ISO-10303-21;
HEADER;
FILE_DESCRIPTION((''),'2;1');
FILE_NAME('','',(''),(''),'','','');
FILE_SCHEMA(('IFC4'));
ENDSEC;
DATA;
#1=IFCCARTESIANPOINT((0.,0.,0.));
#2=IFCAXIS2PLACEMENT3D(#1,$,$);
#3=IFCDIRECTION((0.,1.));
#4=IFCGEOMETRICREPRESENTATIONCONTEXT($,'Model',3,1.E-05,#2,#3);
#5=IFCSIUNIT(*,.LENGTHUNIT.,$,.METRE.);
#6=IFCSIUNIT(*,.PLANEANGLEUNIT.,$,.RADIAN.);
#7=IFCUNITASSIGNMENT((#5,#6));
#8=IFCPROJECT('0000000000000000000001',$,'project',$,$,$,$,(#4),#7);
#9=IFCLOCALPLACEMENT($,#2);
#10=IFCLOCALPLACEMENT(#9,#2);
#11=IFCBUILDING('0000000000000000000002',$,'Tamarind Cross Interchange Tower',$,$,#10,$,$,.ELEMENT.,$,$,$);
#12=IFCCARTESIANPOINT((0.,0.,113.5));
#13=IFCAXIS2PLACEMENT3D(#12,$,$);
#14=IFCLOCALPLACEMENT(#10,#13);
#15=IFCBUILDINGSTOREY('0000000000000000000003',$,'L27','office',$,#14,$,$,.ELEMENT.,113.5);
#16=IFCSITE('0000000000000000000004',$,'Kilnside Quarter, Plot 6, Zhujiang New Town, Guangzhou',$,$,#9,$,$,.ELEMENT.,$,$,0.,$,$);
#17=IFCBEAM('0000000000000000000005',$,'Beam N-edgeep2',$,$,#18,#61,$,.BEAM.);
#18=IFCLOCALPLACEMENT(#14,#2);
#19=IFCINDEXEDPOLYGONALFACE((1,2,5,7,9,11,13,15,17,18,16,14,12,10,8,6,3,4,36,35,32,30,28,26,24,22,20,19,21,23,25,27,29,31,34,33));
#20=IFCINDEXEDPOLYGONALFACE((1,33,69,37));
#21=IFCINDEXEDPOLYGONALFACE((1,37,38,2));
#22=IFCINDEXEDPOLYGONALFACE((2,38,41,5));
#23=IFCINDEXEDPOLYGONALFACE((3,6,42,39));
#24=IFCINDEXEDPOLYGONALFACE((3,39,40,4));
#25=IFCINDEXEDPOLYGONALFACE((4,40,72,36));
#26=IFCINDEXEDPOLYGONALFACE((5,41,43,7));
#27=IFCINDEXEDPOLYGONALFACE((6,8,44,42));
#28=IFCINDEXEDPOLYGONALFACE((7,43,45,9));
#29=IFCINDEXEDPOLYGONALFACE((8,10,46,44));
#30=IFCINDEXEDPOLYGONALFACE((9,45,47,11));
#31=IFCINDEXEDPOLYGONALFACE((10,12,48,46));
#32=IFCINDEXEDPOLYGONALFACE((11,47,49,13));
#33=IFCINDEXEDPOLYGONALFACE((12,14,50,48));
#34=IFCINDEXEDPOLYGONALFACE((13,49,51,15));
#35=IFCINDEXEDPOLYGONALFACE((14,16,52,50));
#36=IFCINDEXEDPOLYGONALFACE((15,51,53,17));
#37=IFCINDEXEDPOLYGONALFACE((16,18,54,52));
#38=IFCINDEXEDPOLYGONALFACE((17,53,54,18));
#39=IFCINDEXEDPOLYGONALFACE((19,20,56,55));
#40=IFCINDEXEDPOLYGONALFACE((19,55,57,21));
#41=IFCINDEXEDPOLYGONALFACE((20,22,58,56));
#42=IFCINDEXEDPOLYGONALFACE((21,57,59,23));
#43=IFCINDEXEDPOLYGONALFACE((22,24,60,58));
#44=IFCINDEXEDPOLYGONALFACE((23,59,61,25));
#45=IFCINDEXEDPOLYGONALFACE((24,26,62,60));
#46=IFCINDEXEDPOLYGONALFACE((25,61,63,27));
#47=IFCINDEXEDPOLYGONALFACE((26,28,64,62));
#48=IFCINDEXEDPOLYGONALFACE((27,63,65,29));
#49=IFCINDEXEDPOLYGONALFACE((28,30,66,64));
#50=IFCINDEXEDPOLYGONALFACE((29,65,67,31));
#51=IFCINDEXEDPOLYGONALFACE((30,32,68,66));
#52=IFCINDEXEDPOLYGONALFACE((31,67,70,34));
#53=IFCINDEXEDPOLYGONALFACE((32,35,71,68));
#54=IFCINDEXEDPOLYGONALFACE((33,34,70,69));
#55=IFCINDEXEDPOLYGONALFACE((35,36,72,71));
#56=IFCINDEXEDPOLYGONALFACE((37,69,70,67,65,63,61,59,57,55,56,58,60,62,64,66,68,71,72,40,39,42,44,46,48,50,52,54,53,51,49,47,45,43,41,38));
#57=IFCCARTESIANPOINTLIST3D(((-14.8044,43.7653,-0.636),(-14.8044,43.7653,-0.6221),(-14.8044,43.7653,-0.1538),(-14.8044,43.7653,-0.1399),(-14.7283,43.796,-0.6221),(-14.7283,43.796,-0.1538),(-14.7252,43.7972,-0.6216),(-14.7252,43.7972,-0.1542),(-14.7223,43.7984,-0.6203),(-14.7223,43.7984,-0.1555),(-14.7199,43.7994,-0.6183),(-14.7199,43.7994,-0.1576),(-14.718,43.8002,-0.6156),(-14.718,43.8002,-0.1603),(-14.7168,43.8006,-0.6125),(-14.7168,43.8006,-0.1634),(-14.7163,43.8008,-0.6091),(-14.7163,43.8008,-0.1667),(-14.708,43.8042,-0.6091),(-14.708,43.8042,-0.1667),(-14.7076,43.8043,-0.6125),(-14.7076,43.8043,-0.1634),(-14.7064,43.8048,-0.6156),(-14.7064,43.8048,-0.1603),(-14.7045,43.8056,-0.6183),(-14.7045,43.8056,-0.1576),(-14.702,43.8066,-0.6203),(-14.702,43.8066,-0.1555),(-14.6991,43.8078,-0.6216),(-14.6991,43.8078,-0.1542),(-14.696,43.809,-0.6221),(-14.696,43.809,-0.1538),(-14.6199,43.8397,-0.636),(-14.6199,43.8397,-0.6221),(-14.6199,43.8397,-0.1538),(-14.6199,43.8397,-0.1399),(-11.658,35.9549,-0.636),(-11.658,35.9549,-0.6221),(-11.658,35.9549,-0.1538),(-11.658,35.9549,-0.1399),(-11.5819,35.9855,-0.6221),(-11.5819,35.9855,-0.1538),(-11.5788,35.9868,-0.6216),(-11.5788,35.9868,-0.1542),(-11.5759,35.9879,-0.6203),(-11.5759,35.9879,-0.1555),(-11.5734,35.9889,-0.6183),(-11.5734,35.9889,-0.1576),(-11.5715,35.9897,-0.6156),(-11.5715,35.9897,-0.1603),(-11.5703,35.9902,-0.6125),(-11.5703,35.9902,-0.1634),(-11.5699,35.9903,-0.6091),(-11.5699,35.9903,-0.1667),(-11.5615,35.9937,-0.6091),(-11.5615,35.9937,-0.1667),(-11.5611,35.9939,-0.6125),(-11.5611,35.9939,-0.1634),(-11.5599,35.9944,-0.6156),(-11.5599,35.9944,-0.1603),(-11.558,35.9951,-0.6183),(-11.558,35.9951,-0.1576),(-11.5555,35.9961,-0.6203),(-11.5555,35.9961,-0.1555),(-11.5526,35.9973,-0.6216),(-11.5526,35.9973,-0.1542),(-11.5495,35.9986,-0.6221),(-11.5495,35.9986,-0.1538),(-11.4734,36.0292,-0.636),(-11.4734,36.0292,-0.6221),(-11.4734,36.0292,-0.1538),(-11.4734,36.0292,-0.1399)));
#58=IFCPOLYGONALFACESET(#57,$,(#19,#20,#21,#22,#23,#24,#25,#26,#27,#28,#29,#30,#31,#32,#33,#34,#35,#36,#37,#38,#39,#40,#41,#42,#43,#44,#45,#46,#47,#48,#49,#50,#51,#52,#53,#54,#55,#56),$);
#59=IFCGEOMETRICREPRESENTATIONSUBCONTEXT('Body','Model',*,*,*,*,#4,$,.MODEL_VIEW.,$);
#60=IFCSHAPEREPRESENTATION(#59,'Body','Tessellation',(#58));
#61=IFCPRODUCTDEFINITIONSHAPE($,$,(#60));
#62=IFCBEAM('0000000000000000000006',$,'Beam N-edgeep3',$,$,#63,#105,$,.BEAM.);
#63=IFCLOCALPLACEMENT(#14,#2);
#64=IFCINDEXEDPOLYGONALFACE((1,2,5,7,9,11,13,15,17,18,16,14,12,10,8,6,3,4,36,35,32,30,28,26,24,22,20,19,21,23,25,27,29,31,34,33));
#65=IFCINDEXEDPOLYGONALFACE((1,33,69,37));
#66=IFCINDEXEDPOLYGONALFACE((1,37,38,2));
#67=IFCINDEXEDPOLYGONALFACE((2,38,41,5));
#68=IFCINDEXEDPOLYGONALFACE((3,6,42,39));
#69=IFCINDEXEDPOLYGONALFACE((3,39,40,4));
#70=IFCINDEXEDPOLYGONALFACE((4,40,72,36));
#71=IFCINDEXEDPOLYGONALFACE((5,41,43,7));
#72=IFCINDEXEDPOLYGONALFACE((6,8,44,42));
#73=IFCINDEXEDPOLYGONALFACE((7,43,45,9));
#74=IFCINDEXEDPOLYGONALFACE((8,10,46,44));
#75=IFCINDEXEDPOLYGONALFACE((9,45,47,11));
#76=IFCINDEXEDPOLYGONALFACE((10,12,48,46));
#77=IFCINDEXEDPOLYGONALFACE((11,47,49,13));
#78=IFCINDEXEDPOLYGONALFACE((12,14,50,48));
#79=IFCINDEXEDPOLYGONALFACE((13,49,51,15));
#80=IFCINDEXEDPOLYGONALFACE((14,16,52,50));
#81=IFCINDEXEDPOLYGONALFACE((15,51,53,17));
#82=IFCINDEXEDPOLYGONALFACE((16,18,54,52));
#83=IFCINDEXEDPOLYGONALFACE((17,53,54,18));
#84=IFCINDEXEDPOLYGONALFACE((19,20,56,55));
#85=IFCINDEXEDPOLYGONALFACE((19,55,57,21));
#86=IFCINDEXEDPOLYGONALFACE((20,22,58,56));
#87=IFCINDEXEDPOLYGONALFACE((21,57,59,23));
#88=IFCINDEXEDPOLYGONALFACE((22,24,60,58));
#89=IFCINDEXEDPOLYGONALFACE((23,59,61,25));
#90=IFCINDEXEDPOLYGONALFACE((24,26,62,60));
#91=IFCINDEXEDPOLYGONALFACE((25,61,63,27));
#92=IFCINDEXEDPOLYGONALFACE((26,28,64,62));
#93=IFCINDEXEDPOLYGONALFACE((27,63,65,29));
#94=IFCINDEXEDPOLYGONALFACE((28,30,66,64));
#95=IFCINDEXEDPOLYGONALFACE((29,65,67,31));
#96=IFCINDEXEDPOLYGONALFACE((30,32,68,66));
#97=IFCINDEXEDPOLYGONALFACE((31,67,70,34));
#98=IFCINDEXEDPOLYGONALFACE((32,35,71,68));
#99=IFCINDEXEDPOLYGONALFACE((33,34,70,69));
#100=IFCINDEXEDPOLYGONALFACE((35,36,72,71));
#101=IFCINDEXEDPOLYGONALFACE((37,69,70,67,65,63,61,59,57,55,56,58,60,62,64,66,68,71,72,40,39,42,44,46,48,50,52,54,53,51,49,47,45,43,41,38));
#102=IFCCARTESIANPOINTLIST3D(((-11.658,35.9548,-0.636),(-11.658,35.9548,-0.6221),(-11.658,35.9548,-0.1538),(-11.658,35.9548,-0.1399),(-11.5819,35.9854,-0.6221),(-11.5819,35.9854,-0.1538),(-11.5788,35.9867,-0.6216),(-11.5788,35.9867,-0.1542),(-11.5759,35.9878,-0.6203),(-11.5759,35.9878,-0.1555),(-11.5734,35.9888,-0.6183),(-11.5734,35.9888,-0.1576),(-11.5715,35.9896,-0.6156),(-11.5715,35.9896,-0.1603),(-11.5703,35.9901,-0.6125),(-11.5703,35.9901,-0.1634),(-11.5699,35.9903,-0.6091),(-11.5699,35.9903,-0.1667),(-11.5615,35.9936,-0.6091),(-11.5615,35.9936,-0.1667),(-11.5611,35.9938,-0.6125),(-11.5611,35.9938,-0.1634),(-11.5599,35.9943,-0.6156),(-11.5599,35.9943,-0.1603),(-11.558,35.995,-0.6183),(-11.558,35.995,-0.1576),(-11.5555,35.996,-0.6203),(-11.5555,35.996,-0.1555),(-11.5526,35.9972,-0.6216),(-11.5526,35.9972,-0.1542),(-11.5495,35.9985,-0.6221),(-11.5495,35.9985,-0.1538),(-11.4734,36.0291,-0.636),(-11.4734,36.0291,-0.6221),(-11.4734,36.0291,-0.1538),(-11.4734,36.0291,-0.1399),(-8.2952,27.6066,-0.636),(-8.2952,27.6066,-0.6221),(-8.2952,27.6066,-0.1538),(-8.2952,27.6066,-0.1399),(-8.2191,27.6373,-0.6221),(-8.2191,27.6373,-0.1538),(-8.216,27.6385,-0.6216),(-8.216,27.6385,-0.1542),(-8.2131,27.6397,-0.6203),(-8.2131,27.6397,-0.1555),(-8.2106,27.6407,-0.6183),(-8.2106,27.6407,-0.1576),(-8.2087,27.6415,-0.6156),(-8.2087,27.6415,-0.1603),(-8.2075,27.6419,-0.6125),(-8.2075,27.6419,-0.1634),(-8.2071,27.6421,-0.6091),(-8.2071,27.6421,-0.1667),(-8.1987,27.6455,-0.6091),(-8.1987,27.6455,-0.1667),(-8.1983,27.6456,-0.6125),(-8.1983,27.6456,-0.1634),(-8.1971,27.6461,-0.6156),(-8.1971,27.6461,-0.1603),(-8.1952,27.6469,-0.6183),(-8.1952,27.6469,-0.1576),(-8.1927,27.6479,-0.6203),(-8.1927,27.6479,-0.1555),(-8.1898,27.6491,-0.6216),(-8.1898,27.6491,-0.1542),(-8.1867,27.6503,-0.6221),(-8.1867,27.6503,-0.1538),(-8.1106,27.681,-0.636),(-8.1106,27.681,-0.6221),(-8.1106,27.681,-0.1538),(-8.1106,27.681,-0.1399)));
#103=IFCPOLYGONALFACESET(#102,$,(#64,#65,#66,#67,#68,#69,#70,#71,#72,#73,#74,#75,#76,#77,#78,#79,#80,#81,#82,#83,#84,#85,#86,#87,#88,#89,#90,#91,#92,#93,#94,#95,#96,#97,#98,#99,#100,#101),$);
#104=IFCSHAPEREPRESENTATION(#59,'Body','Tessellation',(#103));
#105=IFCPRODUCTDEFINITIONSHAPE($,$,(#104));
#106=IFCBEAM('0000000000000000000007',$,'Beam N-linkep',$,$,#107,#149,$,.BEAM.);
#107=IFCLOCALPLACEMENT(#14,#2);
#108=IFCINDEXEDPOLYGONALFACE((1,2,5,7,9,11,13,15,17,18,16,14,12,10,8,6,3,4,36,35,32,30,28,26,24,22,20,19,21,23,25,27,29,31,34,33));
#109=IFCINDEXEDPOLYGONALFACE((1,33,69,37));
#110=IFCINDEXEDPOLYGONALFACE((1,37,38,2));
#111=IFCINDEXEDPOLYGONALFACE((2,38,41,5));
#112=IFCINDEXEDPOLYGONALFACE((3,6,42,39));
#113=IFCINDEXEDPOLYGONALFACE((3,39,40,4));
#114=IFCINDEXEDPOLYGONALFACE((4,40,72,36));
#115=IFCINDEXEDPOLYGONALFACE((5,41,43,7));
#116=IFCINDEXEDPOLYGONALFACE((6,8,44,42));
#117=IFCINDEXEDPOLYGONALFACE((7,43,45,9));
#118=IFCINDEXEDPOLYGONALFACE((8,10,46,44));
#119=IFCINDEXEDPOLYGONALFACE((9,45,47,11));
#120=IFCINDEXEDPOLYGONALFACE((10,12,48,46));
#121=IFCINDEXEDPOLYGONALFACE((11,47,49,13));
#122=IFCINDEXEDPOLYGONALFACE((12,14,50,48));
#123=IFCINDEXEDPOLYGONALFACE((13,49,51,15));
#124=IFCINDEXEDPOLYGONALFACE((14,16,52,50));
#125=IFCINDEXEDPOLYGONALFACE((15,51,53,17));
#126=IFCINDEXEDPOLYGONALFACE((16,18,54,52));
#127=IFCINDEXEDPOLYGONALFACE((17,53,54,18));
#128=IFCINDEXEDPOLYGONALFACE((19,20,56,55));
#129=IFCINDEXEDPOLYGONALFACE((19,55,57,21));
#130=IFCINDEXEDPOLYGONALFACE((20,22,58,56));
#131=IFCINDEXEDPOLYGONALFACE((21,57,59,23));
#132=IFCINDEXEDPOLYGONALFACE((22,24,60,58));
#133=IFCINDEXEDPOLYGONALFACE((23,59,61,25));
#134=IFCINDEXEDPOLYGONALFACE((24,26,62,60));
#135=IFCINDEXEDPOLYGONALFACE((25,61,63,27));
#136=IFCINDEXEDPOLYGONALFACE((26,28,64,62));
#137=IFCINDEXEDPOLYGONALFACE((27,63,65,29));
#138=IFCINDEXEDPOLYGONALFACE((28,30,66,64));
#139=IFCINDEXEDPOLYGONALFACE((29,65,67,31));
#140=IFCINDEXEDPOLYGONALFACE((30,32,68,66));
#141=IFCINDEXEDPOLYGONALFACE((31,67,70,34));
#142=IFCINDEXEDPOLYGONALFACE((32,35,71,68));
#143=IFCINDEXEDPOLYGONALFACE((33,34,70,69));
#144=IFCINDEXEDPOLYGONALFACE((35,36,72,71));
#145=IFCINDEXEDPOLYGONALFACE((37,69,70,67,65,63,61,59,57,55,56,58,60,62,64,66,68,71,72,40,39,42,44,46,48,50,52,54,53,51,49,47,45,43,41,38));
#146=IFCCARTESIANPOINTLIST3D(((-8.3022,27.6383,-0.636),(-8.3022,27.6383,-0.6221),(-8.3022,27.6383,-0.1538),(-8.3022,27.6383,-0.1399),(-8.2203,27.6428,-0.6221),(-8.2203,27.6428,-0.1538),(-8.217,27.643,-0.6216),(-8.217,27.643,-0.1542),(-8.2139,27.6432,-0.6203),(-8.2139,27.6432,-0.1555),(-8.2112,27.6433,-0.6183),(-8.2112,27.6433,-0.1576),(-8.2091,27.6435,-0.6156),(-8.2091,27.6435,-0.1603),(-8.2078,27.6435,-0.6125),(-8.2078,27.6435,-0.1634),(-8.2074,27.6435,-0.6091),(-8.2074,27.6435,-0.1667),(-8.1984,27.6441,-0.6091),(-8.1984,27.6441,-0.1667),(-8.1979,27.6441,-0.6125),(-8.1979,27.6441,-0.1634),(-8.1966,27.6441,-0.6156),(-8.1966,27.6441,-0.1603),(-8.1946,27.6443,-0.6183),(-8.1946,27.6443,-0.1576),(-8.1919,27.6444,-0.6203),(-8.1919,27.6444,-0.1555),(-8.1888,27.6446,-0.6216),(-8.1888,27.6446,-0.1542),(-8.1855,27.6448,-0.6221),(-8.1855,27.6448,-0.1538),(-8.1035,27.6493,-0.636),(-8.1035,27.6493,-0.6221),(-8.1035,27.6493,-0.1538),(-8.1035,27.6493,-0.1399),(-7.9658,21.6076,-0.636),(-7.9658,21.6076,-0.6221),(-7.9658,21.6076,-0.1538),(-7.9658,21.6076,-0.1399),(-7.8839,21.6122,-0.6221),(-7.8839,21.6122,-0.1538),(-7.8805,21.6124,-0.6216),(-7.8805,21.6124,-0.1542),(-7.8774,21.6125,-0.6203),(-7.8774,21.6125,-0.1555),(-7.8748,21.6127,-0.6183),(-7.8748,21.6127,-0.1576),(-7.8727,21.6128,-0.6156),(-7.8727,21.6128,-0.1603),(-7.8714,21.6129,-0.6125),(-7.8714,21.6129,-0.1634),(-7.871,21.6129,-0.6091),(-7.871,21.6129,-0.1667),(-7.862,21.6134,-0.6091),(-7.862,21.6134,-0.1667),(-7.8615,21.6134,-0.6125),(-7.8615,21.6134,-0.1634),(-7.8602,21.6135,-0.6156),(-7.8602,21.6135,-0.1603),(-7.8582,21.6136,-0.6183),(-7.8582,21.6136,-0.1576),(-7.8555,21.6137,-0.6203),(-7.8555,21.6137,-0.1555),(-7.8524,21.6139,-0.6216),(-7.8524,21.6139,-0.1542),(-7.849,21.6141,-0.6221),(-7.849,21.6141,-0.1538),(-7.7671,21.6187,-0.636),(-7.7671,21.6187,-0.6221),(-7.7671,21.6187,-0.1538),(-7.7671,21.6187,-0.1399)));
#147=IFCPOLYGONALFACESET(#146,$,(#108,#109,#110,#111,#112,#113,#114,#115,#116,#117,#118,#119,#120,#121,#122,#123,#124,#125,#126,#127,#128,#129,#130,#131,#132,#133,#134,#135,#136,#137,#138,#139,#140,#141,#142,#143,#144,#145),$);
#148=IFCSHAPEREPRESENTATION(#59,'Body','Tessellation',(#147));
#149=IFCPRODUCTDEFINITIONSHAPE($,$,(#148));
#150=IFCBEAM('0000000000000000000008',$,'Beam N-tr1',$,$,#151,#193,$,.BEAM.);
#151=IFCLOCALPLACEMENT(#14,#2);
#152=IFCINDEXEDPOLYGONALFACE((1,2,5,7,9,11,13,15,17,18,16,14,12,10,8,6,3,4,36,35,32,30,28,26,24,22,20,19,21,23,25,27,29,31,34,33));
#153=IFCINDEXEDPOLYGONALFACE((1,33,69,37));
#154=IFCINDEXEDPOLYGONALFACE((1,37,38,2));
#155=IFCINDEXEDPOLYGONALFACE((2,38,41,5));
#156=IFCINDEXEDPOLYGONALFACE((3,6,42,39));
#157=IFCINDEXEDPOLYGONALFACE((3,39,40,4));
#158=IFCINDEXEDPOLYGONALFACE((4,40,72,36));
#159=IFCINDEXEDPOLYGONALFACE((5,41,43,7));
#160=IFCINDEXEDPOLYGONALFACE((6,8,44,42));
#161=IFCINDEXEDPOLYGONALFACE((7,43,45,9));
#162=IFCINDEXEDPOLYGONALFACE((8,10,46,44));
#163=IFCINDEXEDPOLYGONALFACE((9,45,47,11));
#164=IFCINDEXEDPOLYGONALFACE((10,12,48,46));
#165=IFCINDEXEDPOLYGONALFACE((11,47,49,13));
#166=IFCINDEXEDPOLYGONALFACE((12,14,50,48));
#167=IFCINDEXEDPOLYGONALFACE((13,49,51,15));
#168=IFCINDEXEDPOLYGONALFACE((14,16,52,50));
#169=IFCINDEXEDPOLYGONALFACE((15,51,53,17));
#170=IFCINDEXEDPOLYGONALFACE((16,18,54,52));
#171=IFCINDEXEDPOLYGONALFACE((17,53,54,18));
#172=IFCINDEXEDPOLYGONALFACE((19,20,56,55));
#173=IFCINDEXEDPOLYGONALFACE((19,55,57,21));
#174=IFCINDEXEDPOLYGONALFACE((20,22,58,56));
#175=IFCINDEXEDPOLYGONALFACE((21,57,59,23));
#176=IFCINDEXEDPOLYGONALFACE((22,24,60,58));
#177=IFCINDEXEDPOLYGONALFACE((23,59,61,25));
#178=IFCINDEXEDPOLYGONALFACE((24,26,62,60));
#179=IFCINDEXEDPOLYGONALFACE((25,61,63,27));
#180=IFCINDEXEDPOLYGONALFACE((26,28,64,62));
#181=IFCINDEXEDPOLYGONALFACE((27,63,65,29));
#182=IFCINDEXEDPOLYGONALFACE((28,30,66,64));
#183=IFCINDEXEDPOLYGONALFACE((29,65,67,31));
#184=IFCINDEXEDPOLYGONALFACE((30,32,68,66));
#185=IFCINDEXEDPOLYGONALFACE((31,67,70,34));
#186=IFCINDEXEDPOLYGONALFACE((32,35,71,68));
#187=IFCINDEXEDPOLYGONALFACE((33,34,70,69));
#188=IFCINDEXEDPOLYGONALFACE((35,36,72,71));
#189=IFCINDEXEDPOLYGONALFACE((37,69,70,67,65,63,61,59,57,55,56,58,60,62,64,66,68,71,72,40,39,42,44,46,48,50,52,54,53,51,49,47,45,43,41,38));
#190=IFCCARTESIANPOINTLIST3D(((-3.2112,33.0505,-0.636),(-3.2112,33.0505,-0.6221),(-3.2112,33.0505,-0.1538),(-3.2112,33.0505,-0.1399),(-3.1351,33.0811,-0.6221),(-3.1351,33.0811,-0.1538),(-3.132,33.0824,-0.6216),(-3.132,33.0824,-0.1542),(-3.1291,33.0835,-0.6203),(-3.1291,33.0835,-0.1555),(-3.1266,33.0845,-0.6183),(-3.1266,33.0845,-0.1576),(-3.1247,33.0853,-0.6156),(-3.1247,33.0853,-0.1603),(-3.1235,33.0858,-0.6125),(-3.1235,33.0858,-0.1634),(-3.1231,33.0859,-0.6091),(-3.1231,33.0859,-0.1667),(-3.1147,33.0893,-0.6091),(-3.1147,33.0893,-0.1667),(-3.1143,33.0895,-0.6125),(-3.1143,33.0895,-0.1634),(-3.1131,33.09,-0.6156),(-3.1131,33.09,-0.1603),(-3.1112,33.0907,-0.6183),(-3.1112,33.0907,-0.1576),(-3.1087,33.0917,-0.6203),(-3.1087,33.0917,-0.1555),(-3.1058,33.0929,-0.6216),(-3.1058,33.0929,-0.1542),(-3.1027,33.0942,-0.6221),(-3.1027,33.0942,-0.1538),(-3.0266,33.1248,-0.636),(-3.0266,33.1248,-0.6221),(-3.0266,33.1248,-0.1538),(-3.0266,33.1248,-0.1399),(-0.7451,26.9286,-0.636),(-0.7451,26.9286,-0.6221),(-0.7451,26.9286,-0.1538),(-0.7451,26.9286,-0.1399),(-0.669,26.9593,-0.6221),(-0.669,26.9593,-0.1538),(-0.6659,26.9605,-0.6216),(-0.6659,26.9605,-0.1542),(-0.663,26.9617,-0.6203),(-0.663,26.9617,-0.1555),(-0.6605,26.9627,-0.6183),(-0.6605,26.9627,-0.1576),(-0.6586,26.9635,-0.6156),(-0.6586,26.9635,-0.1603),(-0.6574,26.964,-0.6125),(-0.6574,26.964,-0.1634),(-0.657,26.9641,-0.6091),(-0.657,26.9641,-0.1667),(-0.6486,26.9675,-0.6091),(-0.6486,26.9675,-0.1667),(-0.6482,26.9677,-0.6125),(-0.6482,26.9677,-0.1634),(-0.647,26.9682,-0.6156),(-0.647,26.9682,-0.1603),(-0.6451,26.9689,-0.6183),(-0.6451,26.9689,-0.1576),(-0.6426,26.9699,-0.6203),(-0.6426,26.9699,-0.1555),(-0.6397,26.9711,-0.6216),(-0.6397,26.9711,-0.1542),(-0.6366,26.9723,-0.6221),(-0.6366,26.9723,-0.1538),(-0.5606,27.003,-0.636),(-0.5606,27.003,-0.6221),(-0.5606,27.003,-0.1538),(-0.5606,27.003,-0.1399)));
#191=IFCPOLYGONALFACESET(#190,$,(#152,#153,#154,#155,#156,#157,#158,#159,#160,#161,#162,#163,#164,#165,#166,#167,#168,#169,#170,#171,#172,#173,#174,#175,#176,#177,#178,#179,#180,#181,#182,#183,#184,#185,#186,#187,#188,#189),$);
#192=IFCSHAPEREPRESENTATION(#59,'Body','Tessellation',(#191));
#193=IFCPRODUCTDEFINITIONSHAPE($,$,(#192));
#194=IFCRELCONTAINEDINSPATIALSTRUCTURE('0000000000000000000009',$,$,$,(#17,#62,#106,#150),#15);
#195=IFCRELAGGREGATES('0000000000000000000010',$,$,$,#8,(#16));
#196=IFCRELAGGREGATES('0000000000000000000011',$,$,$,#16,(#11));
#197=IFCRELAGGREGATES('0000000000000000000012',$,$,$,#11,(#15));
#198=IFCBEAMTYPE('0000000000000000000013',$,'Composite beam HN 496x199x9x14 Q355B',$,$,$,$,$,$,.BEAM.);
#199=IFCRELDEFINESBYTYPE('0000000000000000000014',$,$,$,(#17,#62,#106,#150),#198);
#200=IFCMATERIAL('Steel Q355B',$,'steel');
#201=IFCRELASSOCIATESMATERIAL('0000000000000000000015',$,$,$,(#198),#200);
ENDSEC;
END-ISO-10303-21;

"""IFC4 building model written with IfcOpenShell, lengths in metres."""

from ifc_helpers import new_model, si_unit, direction, frame, origin, origin_2d, place, context, subcontext, project, spatial, i_section, extrude, material, material_profile, profile_set, type_object, element, save


model = new_model("IFC4")

# Units and contexts
model_context = context("Model", 3, precision=1e-05, world=origin(), true_north=direction((0.0, 1.0)))
body_context = subcontext(model_context, "Body", "Model", "MODEL_VIEW")
ifc_project = project(units=[si_unit("LENGTHUNIT", "METRE"), si_unit("PLANEANGLEUNIT", "RADIAN")], contexts=[model_context])

# Site, building, storey
site_placement = place(None, origin())
site = spatial("IfcSite", under=ifc_project, at=site_placement, Name="Kilnside Quarter, Plot 6, Zhujiang New Town, Guangzhou", CompositionType="ELEMENT", RefElevation=0.0)
building_placement = place(site_placement, origin())
building = spatial("IfcBuilding", under=site, at=building_placement, Name="Tamarind Cross Interchange Tower", CompositionType="ELEMENT")
storey_placement = place(building_placement, frame((0.0, 0.0, 113.5)))
storey = spatial("IfcBuildingStorey", under=building, at=storey_placement, Name="L27", Description="office", CompositionType="ELEMENT", Elevation=113.5)

# Beams
ifc_material_1 = material(Name="Steel Q355B", Category="steel")
ifc_material_profile_1 = material_profile(ifc_material_1, i_section(OverallWidth=0.199, OverallDepth=0.4961, WebThickness=0.009, FlangeThickness=0.0139, FilletRadius=0.0129, at=origin_2d()), Name="HN 496x199x9x14")
ifc_profile_set_1 = profile_set([ifc_material_profile_1], Name="Steel Q355B")
beam_type_1 = type_object("IfcBeamType", Name="Composite beam HN 496x199x9x14 Q355B", PredefinedType="BEAM", material=ifc_profile_set_1)
beam_1_placement = place(storey_placement, frame((-14.7122, 43.8025, -0.3879), z_axis=(0.373669, -0.927562, 0.0), x_axis=(0.927562, 0.373669, 0.0)))
element("IfcBeam", 1, at=beam_1_placement, inside=storey, type_object=beam_type_1, Name="Beam N-edgeep2", PredefinedType="BEAM", context=body_context, shape_type="SweptSolid", body=[
    extrude(i_section(OverallWidth=0.199, OverallDepth=0.4961, WebThickness=0.009, FlangeThickness=0.0139, FilletRadius=0.0129, at=origin_2d()), origin(), (0.0, 0.0, 1.0), 8.4204),
])
beam_2_placement = place(storey_placement, frame((-11.5657, 35.9919, -0.3879), z_axis=(0.373644, -0.927572, 0.0), x_axis=(0.927572, 0.373644, 0.0)))
element("IfcBeam", 2, at=beam_2_placement, inside=storey, type_object=beam_type_1, Name="Beam N-edgeep3", PredefinedType="BEAM", context=body_context, shape_type="SweptSolid", body=[
    extrude(i_section(OverallWidth=0.199, OverallDepth=0.4961, WebThickness=0.009, FlangeThickness=0.0139, FilletRadius=0.0129, at=origin_2d()), origin(), (0.0, 0.0, 1.0), 9.0),
])
beam_3_placement = place(storey_placement, frame((-8.2029, 27.6438, -0.3879), z_axis=(0.055698, -0.998448, 0.0), x_axis=(0.998448, 0.055698, 0.0)))
element("IfcBeam", 3, at=beam_3_placement, inside=storey, type_object=beam_type_1, Name="Beam N-linkep", PredefinedType="BEAM", context=body_context, shape_type="SweptSolid", body=[
    extrude(i_section(OverallWidth=0.199, OverallDepth=0.4961, WebThickness=0.009, FlangeThickness=0.0139, FilletRadius=0.0129, at=origin_2d()), origin(), (0.0, 0.0, 1.0), 6.04),
])
beam_4_placement = place(storey_placement, frame((-0.6528, 26.9658, -0.3879), z_axis=(-0.373654, 0.927568, 0.0), x_axis=(-0.927568, -0.373654, 0.0)))
element("IfcBeam", 4, at=beam_4_placement, inside=storey, type_object=beam_type_1, Name="Beam N-tr1", PredefinedType="BEAM", context=body_context, shape_type="SweptSolid", body=[
    extrude(i_section(OverallWidth=0.199, OverallDepth=0.4961, WebThickness=0.009, FlangeThickness=0.0139, FilletRadius=0.0129, at=origin_2d()), origin(), (0.0, 0.0, 1.0), 6.5999),
])

save(model, "model.ifc")
